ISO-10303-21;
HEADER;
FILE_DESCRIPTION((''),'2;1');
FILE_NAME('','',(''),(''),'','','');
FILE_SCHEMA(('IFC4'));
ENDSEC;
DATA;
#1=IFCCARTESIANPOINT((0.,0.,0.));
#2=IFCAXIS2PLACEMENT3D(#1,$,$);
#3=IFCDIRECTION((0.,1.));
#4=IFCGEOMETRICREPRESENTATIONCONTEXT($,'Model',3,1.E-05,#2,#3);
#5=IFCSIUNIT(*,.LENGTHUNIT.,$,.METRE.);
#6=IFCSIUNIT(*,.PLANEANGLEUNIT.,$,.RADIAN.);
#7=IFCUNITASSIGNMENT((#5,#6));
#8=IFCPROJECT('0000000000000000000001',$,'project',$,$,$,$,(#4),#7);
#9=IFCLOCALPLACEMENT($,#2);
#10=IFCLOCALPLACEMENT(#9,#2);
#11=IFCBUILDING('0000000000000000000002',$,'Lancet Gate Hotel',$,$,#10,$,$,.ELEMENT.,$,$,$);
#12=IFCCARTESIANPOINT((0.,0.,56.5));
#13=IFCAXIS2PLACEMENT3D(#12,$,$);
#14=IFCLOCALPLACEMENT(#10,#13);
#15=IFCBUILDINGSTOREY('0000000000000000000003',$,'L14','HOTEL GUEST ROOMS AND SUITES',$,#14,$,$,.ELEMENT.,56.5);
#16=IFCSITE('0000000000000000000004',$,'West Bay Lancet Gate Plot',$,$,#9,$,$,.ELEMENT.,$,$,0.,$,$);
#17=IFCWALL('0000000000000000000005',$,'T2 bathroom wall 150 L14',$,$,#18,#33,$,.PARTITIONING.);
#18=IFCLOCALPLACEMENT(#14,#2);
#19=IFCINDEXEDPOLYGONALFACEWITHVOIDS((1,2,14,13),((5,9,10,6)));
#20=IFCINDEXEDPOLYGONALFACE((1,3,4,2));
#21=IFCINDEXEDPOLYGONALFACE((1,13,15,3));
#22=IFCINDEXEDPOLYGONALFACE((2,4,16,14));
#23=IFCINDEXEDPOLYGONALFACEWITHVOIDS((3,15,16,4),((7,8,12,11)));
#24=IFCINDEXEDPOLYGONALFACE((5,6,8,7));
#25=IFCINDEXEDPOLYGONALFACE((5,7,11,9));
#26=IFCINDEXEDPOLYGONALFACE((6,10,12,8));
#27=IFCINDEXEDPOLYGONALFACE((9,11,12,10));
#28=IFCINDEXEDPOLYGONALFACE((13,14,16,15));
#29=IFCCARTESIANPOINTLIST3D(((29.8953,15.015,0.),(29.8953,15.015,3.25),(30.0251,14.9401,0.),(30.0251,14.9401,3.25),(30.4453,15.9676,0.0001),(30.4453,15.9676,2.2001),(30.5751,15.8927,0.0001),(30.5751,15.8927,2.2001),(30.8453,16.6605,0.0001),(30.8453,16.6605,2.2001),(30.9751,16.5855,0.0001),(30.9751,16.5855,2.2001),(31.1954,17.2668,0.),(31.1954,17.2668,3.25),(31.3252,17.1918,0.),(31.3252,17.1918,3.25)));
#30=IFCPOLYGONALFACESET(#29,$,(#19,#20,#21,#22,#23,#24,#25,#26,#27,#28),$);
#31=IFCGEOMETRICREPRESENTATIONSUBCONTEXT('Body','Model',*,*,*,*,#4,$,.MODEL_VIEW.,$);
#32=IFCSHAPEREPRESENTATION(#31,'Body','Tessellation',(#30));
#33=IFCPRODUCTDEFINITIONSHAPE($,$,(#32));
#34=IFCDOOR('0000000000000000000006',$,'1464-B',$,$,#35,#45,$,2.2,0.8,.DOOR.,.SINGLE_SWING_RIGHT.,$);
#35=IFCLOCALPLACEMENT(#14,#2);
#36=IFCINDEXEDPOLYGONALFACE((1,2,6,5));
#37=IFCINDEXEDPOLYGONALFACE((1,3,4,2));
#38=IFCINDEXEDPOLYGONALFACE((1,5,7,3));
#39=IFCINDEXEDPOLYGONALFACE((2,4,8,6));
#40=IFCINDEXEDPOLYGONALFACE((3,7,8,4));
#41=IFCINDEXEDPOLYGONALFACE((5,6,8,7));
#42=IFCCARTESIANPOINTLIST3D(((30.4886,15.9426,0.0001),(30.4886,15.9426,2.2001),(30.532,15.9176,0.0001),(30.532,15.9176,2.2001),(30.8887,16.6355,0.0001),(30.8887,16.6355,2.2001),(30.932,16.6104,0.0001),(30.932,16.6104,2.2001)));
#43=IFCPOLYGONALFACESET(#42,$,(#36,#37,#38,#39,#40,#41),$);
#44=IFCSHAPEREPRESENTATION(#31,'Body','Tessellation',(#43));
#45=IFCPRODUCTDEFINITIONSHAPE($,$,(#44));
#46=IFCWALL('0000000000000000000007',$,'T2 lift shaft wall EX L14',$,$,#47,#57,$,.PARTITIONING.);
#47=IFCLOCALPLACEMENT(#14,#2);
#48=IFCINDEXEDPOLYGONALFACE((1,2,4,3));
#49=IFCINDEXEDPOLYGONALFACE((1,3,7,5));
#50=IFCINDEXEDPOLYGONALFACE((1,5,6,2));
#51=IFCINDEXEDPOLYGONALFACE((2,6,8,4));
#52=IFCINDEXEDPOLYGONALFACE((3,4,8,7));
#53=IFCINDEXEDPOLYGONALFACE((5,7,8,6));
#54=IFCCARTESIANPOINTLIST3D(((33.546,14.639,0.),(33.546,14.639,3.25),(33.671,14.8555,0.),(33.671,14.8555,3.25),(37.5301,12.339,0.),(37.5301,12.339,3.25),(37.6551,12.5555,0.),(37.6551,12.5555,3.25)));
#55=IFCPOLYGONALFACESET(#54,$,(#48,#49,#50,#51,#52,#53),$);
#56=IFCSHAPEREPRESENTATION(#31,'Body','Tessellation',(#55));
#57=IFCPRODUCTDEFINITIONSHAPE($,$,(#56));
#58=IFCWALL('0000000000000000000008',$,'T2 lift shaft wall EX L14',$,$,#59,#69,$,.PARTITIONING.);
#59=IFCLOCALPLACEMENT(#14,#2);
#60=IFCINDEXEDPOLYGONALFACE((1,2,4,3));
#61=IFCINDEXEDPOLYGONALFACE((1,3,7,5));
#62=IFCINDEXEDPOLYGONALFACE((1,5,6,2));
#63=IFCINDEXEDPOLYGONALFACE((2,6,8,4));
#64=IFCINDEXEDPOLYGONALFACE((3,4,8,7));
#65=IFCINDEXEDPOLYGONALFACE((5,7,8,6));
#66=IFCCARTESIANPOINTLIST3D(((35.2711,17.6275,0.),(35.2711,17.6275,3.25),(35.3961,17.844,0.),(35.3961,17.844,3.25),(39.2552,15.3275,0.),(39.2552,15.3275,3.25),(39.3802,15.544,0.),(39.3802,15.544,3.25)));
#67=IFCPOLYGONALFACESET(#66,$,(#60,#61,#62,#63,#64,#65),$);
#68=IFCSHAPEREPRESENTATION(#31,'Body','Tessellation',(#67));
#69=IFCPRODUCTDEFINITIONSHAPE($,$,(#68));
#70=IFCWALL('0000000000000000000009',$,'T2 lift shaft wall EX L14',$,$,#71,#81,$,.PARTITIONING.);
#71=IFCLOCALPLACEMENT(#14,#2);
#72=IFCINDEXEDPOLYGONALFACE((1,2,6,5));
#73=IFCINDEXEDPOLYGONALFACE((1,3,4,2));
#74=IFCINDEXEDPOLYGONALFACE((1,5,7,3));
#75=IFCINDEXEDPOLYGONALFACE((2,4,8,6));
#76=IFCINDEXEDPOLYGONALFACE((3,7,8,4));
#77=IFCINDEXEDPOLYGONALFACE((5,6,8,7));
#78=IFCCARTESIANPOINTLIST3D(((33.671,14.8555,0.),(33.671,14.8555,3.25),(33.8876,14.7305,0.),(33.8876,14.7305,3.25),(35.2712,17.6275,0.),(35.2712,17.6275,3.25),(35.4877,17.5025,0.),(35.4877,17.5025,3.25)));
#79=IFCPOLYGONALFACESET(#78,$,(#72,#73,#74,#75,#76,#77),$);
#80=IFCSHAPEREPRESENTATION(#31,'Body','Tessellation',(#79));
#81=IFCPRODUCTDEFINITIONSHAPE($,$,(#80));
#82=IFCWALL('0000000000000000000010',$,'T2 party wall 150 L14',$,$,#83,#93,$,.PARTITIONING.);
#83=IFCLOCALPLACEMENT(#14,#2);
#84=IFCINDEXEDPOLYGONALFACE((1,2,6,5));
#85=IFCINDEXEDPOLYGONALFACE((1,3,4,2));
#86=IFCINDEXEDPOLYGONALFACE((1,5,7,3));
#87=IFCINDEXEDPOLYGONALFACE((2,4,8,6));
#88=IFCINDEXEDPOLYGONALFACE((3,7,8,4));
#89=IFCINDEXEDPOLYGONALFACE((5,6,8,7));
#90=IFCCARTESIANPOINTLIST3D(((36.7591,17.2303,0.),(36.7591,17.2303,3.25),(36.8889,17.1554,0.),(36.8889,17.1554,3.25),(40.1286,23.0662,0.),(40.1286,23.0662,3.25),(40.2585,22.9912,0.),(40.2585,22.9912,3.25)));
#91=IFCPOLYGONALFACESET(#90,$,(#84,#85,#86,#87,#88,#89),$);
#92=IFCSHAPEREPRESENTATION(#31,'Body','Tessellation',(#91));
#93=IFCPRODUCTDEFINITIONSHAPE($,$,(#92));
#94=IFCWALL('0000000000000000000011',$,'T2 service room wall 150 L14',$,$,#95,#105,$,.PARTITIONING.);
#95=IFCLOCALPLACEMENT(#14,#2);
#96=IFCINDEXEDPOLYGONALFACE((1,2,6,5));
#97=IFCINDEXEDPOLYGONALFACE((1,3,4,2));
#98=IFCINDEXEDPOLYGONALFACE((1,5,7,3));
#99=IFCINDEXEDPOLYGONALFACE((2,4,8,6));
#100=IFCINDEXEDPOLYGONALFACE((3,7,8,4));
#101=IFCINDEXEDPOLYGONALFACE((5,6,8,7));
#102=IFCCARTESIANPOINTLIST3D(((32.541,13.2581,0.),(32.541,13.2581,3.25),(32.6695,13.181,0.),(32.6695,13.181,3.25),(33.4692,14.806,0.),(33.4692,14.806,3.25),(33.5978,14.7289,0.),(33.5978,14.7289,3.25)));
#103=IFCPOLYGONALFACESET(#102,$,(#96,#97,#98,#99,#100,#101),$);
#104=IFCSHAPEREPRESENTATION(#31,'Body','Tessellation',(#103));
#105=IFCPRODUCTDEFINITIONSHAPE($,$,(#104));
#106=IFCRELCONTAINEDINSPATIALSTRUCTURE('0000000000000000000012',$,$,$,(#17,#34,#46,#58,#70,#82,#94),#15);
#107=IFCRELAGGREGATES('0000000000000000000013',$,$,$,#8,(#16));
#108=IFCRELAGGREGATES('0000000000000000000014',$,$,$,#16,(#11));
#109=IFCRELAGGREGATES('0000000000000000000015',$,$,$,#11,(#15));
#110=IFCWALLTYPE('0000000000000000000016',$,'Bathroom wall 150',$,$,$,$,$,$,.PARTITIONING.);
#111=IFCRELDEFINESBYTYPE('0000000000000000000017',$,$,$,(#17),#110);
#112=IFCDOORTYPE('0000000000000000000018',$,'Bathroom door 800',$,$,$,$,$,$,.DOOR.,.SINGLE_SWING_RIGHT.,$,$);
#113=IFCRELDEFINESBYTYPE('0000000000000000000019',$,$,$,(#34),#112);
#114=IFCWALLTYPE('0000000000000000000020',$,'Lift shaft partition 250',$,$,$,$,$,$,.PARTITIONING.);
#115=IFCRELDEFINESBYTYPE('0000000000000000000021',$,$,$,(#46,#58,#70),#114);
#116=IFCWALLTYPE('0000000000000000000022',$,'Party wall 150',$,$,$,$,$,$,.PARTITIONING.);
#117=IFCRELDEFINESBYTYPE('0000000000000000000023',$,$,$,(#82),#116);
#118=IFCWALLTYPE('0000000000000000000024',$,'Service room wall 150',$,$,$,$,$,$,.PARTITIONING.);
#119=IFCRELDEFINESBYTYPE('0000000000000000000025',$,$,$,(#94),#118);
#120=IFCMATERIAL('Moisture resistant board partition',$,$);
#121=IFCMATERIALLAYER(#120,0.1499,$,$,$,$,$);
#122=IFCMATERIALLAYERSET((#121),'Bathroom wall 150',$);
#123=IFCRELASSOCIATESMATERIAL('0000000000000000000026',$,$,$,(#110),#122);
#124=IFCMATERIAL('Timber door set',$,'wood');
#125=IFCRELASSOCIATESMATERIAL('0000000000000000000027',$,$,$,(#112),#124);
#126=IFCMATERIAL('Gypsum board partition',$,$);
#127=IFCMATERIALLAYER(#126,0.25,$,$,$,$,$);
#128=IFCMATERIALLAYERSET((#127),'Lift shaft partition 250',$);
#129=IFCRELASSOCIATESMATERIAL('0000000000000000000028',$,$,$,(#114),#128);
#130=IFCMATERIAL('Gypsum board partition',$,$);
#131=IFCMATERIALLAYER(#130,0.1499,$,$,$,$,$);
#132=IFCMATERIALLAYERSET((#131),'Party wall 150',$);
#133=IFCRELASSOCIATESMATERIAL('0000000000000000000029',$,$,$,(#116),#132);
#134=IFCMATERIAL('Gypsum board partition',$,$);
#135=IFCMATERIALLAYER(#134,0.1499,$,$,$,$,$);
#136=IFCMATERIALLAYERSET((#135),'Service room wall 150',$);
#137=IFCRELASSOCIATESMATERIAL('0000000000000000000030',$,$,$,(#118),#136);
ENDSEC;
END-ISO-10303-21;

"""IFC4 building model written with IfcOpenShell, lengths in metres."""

from ifc_helpers import new_model, si_unit, direction, frame, frame_2d, origin, place, context, subcontext, project, spatial, rectangle, extrude, material, layer, layer_set, type_object, element, fill, save


model = new_model("IFC4")

# Units and contexts
model_context = context("Model", 3, precision=1e-05, world=origin(), true_north=direction((0.0, 1.0)))
body_context = subcontext(model_context, "Body", "Model", "MODEL_VIEW")
ifc_project = project(units=[si_unit("LENGTHUNIT", "METRE"), si_unit("PLANEANGLEUNIT", "RADIAN")], contexts=[model_context])

# Site, building, storey
site_placement = place(None, origin())
site = spatial("IfcSite", under=ifc_project, at=site_placement, Name="West Bay Lancet Gate Plot", CompositionType="ELEMENT", RefElevation=0.0)
building_placement = place(site_placement, origin())
building = spatial("IfcBuilding", under=site, at=building_placement, Name="Lancet Gate Hotel", CompositionType="ELEMENT")
storey_placement = place(building_placement, frame((0.0, 0.0, 56.5)))
storey = spatial("IfcBuildingStorey", under=building, at=storey_placement, Name="L14", Description="HOTEL GUEST ROOMS AND SUITES", CompositionType="ELEMENT", Elevation=56.5)

# Wall, opening, door
ifc_material_1 = material(Name="Moisture resistant board partition")
ifc_layer_1 = layer(ifc_material_1, 0.1499)
ifc_layer_set_1 = layer_set([ifc_layer_1], Name="Bathroom wall 150")
wall_type_1 = type_object("IfcWallType", Name="Bathroom wall 150", PredefinedType="PARTITIONING", material=ifc_layer_set_1)
wall_1_placement = place(storey_placement, frame((29.9602, 14.9775, 0.0), z_axis=(0.0, 0.0, 1.0), x_axis=(0.500007, 0.866021, 0.0)))
wall_1 = element("IfcWall", 1, at=wall_1_placement, inside=storey, type_object=wall_type_1, Name="T2 bathroom wall 150 L14", PredefinedType="PARTITIONING", context=body_context, shape_type="SweptSolid", body=[
    extrude(rectangle(XDim=2.6001, YDim=0.1499, at=frame_2d((1.3, 0.0))), origin(), (0.0, 0.0, 1.0), 3.25),
])
opening_placement = place(wall_1_placement, frame((1.1001, 0.0, 0.0)))
opening = element("IfcOpeningElement", 2, at=opening_placement, cuts=wall_1, PredefinedType="OPENING", context=body_context, shape_type="SweptSolid", body=[
    extrude(rectangle(XDim=0.8, YDim=2.2, at=frame_2d((0.3999, 1.1001))), frame((0.0, 0.085, 0.0), z_axis=(0.0, -1.0, 0.0), x_axis=(1.0, 0.0, 0.0)), (0.0, 0.0, 1.0), 0.1699),
])
ifc_material_2 = material(Name="Timber door set", Category="wood")
door_type = type_object("IfcDoorType", Name="Bathroom door 800", OperationType="SINGLE_SWING_RIGHT", PredefinedType="DOOR", material=ifc_material_2)
door_placement = place(opening_placement, origin())
door = element("IfcDoor", 3, at=door_placement, inside=storey, type_object=door_type, Name="1464-B", OperationType="SINGLE_SWING_RIGHT", OverallHeight=2.2, OverallWidth=0.8, PredefinedType="DOOR", context=body_context, shape_type="SweptSolid", body=[
    extrude(rectangle(XDim=0.8, YDim=2.2, at=frame_2d((0.3999, 1.1001))), frame((0.0, 0.0249, 0.0), z_axis=(0.0, -1.0, 0.0), x_axis=(1.0, 0.0, 0.0)), (0.0, 0.0, 1.0), 0.05),
])
fill(opening, door)

# Walls
ifc_material_3 = material(Name="Gypsum board partition")
ifc_layer_2 = layer(ifc_material_3, 0.25)
ifc_layer_set_2 = layer_set([ifc_layer_2], Name="Lift shaft partition 250")
wall_type_2 = type_object("IfcWallType", Name="Lift shaft partition 250", PredefinedType="PARTITIONING", material=ifc_layer_set_2)
for number, where, z_axis, x_axis, name in (
    (4, (33.6084, 14.7473, 0.0), (0.0, 0.0, 1.0), (0.866043, -0.499969, 0.0), "T2 lift shaft wall EX L14"),
    (5, (35.3335, 17.7358, 0.0), (0.0, 0.0, 1.0), (0.866043, -0.499969, 0.0), "T2 lift shaft wall EX L14"),
):
    element("IfcWall", number, at=place(storey_placement, frame(where, z_axis=z_axis, x_axis=x_axis)), inside=storey, type_object=wall_type_2, Name=name, PredefinedType="PARTITIONING", context=body_context, shape_type="SweptSolid", body=[
        extrude(rectangle(XDim=4.6003, YDim=0.25, at=frame_2d((2.3003, 0.0))), origin(), (0.0, 0.0, 1.0), 3.25),
    ])
wall_2_placement = place(storey_placement, frame((33.7793, 14.793, 0.0), z_axis=(0.0, 0.0, 1.0), x_axis=(0.499929, 0.866066, 0.0)))
element("IfcWall", 6, at=wall_2_placement, inside=storey, type_object=wall_type_2, Name="T2 lift shaft wall EX L14", PredefinedType="PARTITIONING", context=body_context, shape_type="SweptSolid", body=[
    extrude(rectangle(XDim=3.2007, YDim=0.25, at=frame_2d((1.6003, 0.0))), origin(), (0.0, 0.0, 1.0), 3.25),
])
ifc_material_4 = material(Name="Gypsum board partition")
ifc_layer_3 = layer(ifc_material_4, 0.1499)
ifc_layer_set_3 = layer_set([ifc_layer_3], Name="Party wall 150")
wall_type_3 = type_object("IfcWallType", Name="Party wall 150", PredefinedType="PARTITIONING", material=ifc_layer_set_3)
wall_3_placement = place(storey_placement, frame((36.824, 17.1929, 0.0), z_axis=(0.0, 0.0, 1.0), x_axis=(0.500028, 0.866009, 0.0)))
element("IfcWall", 7, at=wall_3_placement, inside=storey, type_object=wall_type_3, Name="T2 party wall 150 L14", PredefinedType="PARTITIONING", context=body_context, shape_type="SweptSolid", body=[
    extrude(rectangle(XDim=6.7388, YDim=0.1499, at=frame_2d((3.3694, 0.0))), origin(), (0.0, 0.0, 1.0), 3.25),
])
ifc_material_5 = material(Name="Gypsum board partition")
ifc_layer_4 = layer(ifc_material_5, 0.1499)
ifc_layer_set_4 = layer_set([ifc_layer_4], Name="Service room wall 150")
wall_type_4 = type_object("IfcWallType", Name="Service room wall 150", PredefinedType="PARTITIONING", material=ifc_layer_set_4)
wall_4_placement = place(storey_placement, frame((33.5334, 14.7673, 0.0), z_axis=(0.0, 0.0, 1.0), x_axis=(-0.514297, -0.857612, 0.0)))
element("IfcWall", 8, at=wall_4_placement, inside=storey, type_object=wall_type_4, Name="T2 service room wall 150 L14", PredefinedType="PARTITIONING", context=body_context, shape_type="SweptSolid", body=[
    extrude(rectangle(XDim=1.8049, YDim=0.1499, at=frame_2d((0.9023, 0.0))), origin(), (0.0, 0.0, 1.0), 3.25),
])

save(model, "model.ifc")
